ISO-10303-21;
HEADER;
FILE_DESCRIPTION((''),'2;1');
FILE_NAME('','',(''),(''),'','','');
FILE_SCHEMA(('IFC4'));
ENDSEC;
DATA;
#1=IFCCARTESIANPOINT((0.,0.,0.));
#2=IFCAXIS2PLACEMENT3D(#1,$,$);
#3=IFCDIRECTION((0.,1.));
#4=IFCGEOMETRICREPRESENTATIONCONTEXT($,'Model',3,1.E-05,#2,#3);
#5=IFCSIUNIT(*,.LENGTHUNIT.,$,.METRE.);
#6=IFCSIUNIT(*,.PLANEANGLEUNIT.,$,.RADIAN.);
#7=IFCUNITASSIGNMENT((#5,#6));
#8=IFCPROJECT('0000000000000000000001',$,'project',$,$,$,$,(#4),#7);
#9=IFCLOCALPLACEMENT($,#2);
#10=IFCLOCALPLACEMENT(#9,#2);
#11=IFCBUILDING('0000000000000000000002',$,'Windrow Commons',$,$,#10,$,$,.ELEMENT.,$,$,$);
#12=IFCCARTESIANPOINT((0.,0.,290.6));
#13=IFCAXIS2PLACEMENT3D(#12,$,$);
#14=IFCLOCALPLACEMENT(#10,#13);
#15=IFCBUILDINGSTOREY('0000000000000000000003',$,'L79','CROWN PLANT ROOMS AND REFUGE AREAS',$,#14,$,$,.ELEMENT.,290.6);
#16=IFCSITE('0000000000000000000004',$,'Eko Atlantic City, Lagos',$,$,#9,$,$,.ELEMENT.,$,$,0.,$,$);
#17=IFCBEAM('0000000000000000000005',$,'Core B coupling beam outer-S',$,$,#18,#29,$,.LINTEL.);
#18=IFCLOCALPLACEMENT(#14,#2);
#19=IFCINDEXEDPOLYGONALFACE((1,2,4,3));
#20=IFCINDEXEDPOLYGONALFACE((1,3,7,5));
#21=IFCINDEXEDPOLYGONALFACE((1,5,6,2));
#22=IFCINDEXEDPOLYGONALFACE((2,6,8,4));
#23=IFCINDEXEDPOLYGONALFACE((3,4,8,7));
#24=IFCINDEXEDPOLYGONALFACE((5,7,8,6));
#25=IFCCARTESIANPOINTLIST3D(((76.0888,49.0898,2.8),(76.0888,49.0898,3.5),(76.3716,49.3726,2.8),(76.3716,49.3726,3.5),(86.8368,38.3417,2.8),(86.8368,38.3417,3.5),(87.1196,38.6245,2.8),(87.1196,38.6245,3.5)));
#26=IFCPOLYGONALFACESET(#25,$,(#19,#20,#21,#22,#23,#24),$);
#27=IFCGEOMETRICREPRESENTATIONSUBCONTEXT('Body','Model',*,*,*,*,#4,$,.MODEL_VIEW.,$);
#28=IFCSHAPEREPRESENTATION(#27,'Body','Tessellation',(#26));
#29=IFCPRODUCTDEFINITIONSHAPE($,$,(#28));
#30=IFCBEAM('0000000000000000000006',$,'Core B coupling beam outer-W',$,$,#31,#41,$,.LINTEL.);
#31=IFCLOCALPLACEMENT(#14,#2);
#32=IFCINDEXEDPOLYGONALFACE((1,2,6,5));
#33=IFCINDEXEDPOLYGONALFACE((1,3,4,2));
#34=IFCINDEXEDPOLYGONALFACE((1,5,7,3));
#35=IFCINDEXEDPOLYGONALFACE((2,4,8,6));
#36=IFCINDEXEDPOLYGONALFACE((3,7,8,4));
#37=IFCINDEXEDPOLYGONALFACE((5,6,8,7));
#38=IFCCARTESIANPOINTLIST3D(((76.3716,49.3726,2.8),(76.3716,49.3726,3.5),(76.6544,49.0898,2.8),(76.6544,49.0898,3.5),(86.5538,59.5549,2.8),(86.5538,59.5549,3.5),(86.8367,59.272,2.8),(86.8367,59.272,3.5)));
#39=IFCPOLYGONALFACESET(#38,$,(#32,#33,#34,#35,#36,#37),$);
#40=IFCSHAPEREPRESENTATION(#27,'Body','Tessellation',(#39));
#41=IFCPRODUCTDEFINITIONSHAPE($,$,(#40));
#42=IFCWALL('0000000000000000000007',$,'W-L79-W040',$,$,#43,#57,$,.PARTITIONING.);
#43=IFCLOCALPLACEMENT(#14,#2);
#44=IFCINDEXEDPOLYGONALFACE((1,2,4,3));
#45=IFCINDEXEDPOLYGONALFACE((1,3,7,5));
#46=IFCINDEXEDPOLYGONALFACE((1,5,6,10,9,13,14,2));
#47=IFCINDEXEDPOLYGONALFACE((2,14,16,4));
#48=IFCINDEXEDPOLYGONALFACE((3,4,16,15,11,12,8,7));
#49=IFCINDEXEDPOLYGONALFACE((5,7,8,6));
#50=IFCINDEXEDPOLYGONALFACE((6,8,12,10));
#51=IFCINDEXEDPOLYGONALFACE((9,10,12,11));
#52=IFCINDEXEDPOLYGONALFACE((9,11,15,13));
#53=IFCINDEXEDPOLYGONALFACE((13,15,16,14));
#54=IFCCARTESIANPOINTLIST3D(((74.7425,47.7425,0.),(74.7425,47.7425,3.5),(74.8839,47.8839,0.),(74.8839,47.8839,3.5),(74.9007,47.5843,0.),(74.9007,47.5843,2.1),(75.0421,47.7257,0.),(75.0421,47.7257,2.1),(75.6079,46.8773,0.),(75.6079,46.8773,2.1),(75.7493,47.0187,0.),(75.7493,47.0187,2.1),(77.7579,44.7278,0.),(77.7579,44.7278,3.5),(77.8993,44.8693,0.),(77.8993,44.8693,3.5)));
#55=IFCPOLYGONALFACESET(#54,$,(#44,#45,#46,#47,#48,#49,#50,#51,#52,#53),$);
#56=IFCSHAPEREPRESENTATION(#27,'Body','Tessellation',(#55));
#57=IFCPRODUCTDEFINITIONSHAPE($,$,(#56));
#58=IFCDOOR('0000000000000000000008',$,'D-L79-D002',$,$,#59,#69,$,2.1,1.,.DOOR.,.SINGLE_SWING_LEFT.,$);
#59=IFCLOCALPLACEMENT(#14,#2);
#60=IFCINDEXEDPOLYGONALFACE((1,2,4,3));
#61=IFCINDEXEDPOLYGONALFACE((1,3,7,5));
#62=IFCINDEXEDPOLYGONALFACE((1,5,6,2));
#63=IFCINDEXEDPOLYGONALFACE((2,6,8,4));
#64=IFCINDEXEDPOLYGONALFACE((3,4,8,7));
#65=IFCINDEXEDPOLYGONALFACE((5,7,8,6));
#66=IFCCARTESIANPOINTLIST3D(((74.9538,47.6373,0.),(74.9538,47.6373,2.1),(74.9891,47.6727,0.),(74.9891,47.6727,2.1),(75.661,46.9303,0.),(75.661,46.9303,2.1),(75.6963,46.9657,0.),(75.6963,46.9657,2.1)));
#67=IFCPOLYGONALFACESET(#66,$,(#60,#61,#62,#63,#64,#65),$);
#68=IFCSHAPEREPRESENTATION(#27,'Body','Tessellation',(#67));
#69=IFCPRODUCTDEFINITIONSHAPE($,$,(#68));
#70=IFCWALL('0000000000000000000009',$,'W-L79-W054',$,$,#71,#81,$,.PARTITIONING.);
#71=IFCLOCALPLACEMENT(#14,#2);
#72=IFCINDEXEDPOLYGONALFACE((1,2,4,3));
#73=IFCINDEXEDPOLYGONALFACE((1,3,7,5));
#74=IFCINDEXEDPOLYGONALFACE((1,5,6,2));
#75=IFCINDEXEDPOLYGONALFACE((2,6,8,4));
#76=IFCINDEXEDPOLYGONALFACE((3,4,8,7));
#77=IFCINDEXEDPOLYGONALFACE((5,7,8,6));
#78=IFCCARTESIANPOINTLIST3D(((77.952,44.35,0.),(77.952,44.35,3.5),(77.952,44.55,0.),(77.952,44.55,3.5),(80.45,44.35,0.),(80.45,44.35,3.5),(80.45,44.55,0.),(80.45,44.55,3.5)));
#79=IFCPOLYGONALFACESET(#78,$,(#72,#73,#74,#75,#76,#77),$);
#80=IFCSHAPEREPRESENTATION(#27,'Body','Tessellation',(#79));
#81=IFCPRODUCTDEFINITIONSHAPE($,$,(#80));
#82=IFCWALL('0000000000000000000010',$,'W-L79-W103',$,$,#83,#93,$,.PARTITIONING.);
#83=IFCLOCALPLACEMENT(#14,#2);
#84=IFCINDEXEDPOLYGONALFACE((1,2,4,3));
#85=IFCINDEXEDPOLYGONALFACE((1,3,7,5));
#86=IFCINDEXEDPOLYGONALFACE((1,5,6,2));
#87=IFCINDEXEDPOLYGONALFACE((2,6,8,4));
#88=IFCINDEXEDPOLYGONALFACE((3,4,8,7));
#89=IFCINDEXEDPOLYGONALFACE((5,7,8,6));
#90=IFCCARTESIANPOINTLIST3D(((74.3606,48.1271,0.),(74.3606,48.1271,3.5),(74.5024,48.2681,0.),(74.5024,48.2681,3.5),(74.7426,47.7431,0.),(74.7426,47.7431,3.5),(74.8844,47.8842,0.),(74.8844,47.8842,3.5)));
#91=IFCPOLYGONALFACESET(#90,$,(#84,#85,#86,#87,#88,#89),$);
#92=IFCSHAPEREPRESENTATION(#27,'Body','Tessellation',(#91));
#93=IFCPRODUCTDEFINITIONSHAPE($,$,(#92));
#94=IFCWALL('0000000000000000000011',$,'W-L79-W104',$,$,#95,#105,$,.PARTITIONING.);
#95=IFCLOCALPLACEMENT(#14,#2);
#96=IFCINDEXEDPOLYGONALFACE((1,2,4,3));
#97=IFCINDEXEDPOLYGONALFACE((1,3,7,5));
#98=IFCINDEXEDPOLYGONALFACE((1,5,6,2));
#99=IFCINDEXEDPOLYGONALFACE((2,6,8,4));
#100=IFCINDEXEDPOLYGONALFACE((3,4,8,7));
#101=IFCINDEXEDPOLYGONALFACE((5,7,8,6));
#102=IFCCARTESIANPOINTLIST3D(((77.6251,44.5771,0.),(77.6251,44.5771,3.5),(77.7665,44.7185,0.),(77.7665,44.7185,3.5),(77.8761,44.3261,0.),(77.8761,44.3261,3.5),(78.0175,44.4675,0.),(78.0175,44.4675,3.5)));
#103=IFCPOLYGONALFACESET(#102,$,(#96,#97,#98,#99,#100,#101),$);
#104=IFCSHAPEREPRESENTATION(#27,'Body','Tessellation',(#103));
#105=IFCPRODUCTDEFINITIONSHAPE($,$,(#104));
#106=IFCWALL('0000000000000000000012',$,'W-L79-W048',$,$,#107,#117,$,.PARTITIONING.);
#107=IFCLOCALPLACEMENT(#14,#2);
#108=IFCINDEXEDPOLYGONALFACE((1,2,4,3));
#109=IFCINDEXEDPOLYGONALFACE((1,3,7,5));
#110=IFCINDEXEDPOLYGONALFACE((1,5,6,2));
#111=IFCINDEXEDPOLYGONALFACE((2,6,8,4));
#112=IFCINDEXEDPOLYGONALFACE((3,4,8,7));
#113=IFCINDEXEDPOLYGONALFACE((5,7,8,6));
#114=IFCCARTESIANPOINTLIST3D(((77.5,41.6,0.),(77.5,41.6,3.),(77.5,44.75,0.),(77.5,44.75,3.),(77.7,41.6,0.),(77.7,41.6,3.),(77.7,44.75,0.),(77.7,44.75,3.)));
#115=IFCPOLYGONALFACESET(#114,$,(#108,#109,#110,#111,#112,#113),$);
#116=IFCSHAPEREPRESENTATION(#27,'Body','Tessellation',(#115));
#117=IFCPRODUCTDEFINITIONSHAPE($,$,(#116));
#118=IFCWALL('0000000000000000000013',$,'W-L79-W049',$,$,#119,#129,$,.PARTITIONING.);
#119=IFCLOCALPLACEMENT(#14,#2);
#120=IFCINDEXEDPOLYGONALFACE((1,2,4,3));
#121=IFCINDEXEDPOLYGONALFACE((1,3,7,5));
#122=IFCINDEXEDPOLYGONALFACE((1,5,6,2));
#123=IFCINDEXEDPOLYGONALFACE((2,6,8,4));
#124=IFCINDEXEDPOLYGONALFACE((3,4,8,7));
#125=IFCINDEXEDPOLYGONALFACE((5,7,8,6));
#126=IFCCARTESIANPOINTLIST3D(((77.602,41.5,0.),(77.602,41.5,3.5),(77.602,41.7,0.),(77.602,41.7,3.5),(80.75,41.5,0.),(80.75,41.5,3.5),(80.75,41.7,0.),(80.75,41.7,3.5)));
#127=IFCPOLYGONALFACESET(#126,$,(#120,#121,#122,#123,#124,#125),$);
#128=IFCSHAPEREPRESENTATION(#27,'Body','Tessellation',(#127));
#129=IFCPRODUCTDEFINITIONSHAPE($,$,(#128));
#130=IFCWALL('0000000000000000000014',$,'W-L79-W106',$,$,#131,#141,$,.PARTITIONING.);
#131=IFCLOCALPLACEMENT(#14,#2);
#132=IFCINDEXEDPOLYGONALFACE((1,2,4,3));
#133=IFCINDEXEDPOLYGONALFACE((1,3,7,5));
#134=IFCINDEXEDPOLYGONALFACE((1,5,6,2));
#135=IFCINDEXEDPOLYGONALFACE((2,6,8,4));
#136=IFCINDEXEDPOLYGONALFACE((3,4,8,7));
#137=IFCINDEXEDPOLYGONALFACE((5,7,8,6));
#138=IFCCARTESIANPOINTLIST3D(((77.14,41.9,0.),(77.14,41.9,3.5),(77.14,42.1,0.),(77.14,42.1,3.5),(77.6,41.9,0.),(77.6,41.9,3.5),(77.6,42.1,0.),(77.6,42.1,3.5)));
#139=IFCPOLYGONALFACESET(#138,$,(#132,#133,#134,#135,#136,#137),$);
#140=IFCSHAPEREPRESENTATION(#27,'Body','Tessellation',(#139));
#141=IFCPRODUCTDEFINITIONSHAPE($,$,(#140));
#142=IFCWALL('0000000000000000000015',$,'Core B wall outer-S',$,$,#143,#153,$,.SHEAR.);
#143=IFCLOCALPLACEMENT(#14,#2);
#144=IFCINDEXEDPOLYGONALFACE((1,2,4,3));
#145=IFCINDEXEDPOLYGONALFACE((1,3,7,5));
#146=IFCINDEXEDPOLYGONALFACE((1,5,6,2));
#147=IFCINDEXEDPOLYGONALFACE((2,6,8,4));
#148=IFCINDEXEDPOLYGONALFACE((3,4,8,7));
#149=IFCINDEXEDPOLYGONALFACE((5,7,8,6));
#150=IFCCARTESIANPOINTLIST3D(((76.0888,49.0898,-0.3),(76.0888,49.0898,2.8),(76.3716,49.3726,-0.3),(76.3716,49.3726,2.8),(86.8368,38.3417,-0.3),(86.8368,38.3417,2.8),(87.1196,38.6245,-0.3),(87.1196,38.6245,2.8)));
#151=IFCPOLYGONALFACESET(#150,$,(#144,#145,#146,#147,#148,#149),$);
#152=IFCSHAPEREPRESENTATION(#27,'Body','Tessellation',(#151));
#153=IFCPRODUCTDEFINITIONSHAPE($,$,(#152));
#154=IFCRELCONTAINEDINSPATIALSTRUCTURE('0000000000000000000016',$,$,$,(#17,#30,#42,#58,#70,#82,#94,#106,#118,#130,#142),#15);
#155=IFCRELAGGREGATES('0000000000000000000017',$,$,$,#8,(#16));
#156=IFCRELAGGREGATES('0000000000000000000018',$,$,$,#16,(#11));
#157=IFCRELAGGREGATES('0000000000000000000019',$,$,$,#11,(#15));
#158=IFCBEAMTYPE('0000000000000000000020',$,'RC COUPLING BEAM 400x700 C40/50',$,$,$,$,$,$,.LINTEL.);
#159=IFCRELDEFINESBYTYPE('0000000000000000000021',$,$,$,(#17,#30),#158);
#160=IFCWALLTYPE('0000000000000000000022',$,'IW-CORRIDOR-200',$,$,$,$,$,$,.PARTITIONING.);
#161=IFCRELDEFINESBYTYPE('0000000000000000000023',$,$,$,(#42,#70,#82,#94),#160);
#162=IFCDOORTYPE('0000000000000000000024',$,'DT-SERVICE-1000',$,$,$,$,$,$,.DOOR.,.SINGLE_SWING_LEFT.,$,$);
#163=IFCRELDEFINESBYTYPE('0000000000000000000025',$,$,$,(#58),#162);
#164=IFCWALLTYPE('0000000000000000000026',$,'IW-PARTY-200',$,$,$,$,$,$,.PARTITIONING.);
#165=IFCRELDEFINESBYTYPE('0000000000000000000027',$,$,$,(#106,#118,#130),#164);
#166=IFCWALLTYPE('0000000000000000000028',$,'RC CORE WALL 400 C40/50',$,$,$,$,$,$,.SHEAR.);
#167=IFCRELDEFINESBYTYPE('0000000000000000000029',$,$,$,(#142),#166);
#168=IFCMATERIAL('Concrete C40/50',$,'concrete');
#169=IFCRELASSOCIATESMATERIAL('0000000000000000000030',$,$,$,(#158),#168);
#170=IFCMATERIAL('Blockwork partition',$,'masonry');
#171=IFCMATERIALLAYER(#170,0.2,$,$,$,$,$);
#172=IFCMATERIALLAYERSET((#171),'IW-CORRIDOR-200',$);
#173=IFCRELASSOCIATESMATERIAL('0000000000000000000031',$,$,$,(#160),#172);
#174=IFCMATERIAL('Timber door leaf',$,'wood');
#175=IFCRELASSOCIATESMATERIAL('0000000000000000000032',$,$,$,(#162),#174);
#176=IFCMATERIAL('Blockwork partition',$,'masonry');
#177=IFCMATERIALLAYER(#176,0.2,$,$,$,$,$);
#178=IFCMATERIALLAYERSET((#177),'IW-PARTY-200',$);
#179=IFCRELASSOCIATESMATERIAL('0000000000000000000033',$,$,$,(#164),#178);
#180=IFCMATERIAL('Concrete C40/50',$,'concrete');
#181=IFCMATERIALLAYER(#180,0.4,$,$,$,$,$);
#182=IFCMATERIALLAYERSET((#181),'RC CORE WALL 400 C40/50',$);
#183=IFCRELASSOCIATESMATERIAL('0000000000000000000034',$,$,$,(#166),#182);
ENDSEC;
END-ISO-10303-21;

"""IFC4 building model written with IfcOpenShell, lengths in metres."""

from ifc_helpers import new_model, si_unit, direction, frame, frame_2d, origin, origin_2d, place, context, subcontext, project, spatial, rectangle, extrude, material, layer, layer_set, material_profile, profile_set, type_object, element, fill, save


model = new_model("IFC4")

# Units and contexts
model_context = context("Model", 3, precision=1e-05, world=origin(), true_north=direction((0.0, 1.0)))
body_context = subcontext(model_context, "Body", "Model", "MODEL_VIEW")
ifc_project = project(units=[si_unit("LENGTHUNIT", "METRE"), si_unit("PLANEANGLEUNIT", "RADIAN")], contexts=[model_context])

# Site, building, storey
site_placement = place(None, origin())
site = spatial("IfcSite", under=ifc_project, at=site_placement, Name="Eko Atlantic City, Lagos", CompositionType="ELEMENT", RefElevation=0.0)
building_placement = place(site_placement, origin())
building = spatial("IfcBuilding", under=site, at=building_placement, Name="Windrow Commons", CompositionType="ELEMENT")
storey_placement = place(building_placement, frame((0.0, 0.0, 290.6)))
storey = spatial("IfcBuildingStorey", under=building, at=storey_placement, Name="L79", Description="CROWN PLANT ROOMS AND REFUGE AREAS", CompositionType="ELEMENT", Elevation=290.6)

# Beams
ifc_material_1 = material(Name="Concrete C40/50", Category="concrete")
ifc_material_profile = material_profile(ifc_material_1, rectangle(XDim=0.4, YDim=0.7, at=origin_2d()))
ifc_profile_set = profile_set([ifc_material_profile], Name="Concrete C40/50")
beam_type = type_object("IfcBeamType", Name="RC COUPLING BEAM 400x700 C40/50", PredefinedType="LINTEL", material=ifc_profile_set)
beam_1_placement = place(storey_placement, frame((76.2302, 49.2312, 3.15), z_axis=(0.707103, -0.70711, 0.0), x_axis=(0.70711, 0.707103, 0.0)))
element("IfcBeam", 1, at=beam_1_placement, inside=storey, type_object=beam_type, Name="Core B coupling beam outer-S", PredefinedType="LINTEL", context=body_context, shape_type="SweptSolid", body=[
    extrude(rectangle(XDim=0.4, YDim=0.7, at=origin_2d()), origin(), (0.0, 0.0, 1.0), 15.2),
])
beam_2_placement = place(storey_placement, frame((76.513, 49.2312, 3.15), z_axis=(0.707107, 0.707107, 0.0), x_axis=(-0.707107, 0.707107, 0.0)))
element("IfcBeam", 2, at=beam_2_placement, inside=storey, type_object=beam_type, Name="Core B coupling beam outer-W", PredefinedType="LINTEL", context=body_context, shape_type="SweptSolid", body=[
    extrude(rectangle(XDim=0.4, YDim=0.7, at=origin_2d()), origin(), (0.0, 0.0, 1.0), 14.3999),
])

# Wall, opening, door
ifc_material_2 = material(Name="Blockwork partition", Category="masonry")
ifc_layer_1 = layer(ifc_material_2, 0.2)
ifc_layer_set_1 = layer_set([ifc_layer_1], Name="IW-CORRIDOR-200")
wall_type_1 = type_object("IfcWallType", Name="IW-CORRIDOR-200", PredefinedType="PARTITIONING", material=ifc_layer_set_1)
wall_1_placement = place(storey_placement, frame((77.8286, 44.7986, 0.0), z_axis=(0.0, 0.0, 1.0), x_axis=(-0.707201, 0.707013, 0.0)))
wall_1 = element("IfcWall", 3, at=wall_1_placement, inside=storey, type_object=wall_type_1, Name="W-L79-W040", PredefinedType="PARTITIONING", context=body_context, shape_type="SweptSolid", body=[
    extrude(rectangle(XDim=4.2639, YDim=0.2, at=frame_2d((2.1319, 0.0))), origin(), (0.0, 0.0, 1.0), 3.5),
])
opening_1_placement = place(wall_1_placement, frame((3.0401, 0.0, 0.0)))
opening_1 = element("IfcOpeningElement", 4, at=opening_1_placement, cuts=wall_1, PredefinedType="OPENING", context=body_context, shape_type="SweptSolid", body=[
    extrude(rectangle(XDim=1.0, YDim=2.1, at=frame_2d((0.5, 1.05))), frame((0.0, 0.11, 0.0), z_axis=(0.0, -1.0, 0.0), x_axis=(1.0, 0.0, 0.0)), (0.0, 0.0, 1.0), 0.22),
])
ifc_material_3 = material(Name="Timber door leaf", Category="wood")
door_type_1 = type_object("IfcDoorType", Name="DT-SERVICE-1000", OperationType="SINGLE_SWING_LEFT", PredefinedType="DOOR", material=ifc_material_3)
door_1_placement = place(opening_1_placement, origin())
door_1 = element("IfcDoor", 5, at=door_1_placement, inside=storey, type_object=door_type_1, Name="D-L79-D002", OperationType="SINGLE_SWING_LEFT", OverallHeight=2.1, OverallWidth=1.0, PredefinedType="DOOR", context=body_context, shape_type="SweptSolid", body=[
    extrude(rectangle(XDim=1.0, YDim=2.1, at=frame_2d((0.5, 1.05))), frame((0.0, 0.025, 0.0), z_axis=(0.0, -1.0, 0.0), x_axis=(1.0, 0.0, 0.0)), (0.0, 0.0, 1.0), 0.05),
])
fill(opening_1, door_1)

# Walls
wall_2_placement = place(storey_placement, frame((77.952, 44.45, 0.0), z_axis=(0.0, 0.0, 1.0), x_axis=(1.0, 0.0, 0.0)))
element("IfcWall", 6, at=wall_2_placement, inside=storey, type_object=wall_type_1, Name="W-L79-W054", PredefinedType="PARTITIONING", context=body_context, shape_type="SweptSolid", body=[
    extrude(rectangle(XDim=2.498, YDim=0.2, at=frame_2d((1.249, 0.0))), origin(), (0.0, 0.0, 1.0), 3.5),
])
wall_3_placement = place(storey_placement, frame((74.4315, 48.1976, 0.0), z_axis=(0.0, 0.0, 1.0), x_axis=(0.705258, -0.708951, 0.0)))
element("IfcWall", 7, at=wall_3_placement, inside=storey, type_object=wall_type_1, Name="W-L79-W103", PredefinedType="PARTITIONING", context=body_context, shape_type="SweptSolid", body=[
    extrude(rectangle(XDim=0.5416, YDim=0.2, at=frame_2d((0.2708, 0.0))), origin(), (0.0, 0.0, 1.0), 3.5),
])
wall_4_placement = place(storey_placement, frame((77.6958, 44.6478, 0.0), z_axis=(0.0, 0.0, 1.0), x_axis=(0.707107, -0.707107, 0.0)))
element("IfcWall", 8, at=wall_4_placement, inside=storey, type_object=wall_type_1, Name="W-L79-W104", PredefinedType="PARTITIONING", context=body_context, shape_type="SweptSolid", body=[
    extrude(rectangle(XDim=0.355, YDim=0.2, at=frame_2d((0.1775, 0.0))), origin(), (0.0, 0.0, 1.0), 3.5),
])
ifc_material_4 = material(Name="Blockwork partition", Category="masonry")
ifc_layer_2 = layer(ifc_material_4, 0.2)
ifc_layer_set_2 = layer_set([ifc_layer_2], Name="IW-PARTY-200")
wall_type_2 = type_object("IfcWallType", Name="IW-PARTY-200", PredefinedType="PARTITIONING", material=ifc_layer_set_2)
wall_5_placement = place(storey_placement, frame((77.6, 41.6, 0.0), z_axis=(0.0, 0.0, 1.0), x_axis=(0.0, 1.0, 0.0)))
element("IfcWall", 9, at=wall_5_placement, inside=storey, type_object=wall_type_2, Name="W-L79-W048", PredefinedType="PARTITIONING", context=body_context, shape_type="SweptSolid", body=[
    extrude(rectangle(XDim=3.15, YDim=0.2, at=frame_2d((1.575, 0.0))), origin(), (0.0, 0.0, 1.0), 3.0),
])
wall_6_placement = place(storey_placement, frame((77.602, 41.6, 0.0), z_axis=(0.0, 0.0, 1.0), x_axis=(1.0, 0.0, 0.0)))
element("IfcWall", 10, at=wall_6_placement, inside=storey, type_object=wall_type_2, Name="W-L79-W049", PredefinedType="PARTITIONING", context=body_context, shape_type="SweptSolid", body=[
    extrude(rectangle(XDim=3.148, YDim=0.2, at=frame_2d((1.574, 0.0))), origin(), (0.0, 0.0, 1.0), 3.5),
])
wall_7_placement = place(storey_placement, frame((77.14, 42.0, 0.0), z_axis=(0.0, 0.0, 1.0), x_axis=(1.0, 0.0, 0.0)))
element("IfcWall", 11, at=wall_7_placement, inside=storey, type_object=wall_type_2, Name="W-L79-W106", PredefinedType="PARTITIONING", context=body_context, shape_type="SweptSolid", body=[
    extrude(rectangle(XDim=0.46, YDim=0.2, at=frame_2d((0.23, 0.0))), origin(), (0.0, 0.0, 1.0), 3.5),
])
ifc_material_5 = material(Name="Concrete C40/50", Category="concrete")
ifc_layer_3 = layer(ifc_material_5, 0.4)
ifc_layer_set_3 = layer_set([ifc_layer_3], Name="RC CORE WALL 400 C40/50")
wall_type_3 = type_object("IfcWallType", Name="RC CORE WALL 400 C40/50", PredefinedType="SHEAR", material=ifc_layer_set_3)
wall_8_placement = place(storey_placement, frame((76.2302, 49.2312, -0.3), z_axis=(0.0, 0.0, 1.0), x_axis=(0.707103, -0.70711, 0.0)))
element("IfcWall", 12, at=wall_8_placement, inside=storey, type_object=wall_type_3, Name="Core B wall outer-S", PredefinedType="SHEAR", context=body_context, shape_type="SweptSolid", body=[
    extrude(rectangle(XDim=15.2, YDim=0.4, at=frame_2d((7.6, 0.0))), origin(), (0.0, 0.0, 1.0), 3.1),
])

save(model, "model.ifc")
